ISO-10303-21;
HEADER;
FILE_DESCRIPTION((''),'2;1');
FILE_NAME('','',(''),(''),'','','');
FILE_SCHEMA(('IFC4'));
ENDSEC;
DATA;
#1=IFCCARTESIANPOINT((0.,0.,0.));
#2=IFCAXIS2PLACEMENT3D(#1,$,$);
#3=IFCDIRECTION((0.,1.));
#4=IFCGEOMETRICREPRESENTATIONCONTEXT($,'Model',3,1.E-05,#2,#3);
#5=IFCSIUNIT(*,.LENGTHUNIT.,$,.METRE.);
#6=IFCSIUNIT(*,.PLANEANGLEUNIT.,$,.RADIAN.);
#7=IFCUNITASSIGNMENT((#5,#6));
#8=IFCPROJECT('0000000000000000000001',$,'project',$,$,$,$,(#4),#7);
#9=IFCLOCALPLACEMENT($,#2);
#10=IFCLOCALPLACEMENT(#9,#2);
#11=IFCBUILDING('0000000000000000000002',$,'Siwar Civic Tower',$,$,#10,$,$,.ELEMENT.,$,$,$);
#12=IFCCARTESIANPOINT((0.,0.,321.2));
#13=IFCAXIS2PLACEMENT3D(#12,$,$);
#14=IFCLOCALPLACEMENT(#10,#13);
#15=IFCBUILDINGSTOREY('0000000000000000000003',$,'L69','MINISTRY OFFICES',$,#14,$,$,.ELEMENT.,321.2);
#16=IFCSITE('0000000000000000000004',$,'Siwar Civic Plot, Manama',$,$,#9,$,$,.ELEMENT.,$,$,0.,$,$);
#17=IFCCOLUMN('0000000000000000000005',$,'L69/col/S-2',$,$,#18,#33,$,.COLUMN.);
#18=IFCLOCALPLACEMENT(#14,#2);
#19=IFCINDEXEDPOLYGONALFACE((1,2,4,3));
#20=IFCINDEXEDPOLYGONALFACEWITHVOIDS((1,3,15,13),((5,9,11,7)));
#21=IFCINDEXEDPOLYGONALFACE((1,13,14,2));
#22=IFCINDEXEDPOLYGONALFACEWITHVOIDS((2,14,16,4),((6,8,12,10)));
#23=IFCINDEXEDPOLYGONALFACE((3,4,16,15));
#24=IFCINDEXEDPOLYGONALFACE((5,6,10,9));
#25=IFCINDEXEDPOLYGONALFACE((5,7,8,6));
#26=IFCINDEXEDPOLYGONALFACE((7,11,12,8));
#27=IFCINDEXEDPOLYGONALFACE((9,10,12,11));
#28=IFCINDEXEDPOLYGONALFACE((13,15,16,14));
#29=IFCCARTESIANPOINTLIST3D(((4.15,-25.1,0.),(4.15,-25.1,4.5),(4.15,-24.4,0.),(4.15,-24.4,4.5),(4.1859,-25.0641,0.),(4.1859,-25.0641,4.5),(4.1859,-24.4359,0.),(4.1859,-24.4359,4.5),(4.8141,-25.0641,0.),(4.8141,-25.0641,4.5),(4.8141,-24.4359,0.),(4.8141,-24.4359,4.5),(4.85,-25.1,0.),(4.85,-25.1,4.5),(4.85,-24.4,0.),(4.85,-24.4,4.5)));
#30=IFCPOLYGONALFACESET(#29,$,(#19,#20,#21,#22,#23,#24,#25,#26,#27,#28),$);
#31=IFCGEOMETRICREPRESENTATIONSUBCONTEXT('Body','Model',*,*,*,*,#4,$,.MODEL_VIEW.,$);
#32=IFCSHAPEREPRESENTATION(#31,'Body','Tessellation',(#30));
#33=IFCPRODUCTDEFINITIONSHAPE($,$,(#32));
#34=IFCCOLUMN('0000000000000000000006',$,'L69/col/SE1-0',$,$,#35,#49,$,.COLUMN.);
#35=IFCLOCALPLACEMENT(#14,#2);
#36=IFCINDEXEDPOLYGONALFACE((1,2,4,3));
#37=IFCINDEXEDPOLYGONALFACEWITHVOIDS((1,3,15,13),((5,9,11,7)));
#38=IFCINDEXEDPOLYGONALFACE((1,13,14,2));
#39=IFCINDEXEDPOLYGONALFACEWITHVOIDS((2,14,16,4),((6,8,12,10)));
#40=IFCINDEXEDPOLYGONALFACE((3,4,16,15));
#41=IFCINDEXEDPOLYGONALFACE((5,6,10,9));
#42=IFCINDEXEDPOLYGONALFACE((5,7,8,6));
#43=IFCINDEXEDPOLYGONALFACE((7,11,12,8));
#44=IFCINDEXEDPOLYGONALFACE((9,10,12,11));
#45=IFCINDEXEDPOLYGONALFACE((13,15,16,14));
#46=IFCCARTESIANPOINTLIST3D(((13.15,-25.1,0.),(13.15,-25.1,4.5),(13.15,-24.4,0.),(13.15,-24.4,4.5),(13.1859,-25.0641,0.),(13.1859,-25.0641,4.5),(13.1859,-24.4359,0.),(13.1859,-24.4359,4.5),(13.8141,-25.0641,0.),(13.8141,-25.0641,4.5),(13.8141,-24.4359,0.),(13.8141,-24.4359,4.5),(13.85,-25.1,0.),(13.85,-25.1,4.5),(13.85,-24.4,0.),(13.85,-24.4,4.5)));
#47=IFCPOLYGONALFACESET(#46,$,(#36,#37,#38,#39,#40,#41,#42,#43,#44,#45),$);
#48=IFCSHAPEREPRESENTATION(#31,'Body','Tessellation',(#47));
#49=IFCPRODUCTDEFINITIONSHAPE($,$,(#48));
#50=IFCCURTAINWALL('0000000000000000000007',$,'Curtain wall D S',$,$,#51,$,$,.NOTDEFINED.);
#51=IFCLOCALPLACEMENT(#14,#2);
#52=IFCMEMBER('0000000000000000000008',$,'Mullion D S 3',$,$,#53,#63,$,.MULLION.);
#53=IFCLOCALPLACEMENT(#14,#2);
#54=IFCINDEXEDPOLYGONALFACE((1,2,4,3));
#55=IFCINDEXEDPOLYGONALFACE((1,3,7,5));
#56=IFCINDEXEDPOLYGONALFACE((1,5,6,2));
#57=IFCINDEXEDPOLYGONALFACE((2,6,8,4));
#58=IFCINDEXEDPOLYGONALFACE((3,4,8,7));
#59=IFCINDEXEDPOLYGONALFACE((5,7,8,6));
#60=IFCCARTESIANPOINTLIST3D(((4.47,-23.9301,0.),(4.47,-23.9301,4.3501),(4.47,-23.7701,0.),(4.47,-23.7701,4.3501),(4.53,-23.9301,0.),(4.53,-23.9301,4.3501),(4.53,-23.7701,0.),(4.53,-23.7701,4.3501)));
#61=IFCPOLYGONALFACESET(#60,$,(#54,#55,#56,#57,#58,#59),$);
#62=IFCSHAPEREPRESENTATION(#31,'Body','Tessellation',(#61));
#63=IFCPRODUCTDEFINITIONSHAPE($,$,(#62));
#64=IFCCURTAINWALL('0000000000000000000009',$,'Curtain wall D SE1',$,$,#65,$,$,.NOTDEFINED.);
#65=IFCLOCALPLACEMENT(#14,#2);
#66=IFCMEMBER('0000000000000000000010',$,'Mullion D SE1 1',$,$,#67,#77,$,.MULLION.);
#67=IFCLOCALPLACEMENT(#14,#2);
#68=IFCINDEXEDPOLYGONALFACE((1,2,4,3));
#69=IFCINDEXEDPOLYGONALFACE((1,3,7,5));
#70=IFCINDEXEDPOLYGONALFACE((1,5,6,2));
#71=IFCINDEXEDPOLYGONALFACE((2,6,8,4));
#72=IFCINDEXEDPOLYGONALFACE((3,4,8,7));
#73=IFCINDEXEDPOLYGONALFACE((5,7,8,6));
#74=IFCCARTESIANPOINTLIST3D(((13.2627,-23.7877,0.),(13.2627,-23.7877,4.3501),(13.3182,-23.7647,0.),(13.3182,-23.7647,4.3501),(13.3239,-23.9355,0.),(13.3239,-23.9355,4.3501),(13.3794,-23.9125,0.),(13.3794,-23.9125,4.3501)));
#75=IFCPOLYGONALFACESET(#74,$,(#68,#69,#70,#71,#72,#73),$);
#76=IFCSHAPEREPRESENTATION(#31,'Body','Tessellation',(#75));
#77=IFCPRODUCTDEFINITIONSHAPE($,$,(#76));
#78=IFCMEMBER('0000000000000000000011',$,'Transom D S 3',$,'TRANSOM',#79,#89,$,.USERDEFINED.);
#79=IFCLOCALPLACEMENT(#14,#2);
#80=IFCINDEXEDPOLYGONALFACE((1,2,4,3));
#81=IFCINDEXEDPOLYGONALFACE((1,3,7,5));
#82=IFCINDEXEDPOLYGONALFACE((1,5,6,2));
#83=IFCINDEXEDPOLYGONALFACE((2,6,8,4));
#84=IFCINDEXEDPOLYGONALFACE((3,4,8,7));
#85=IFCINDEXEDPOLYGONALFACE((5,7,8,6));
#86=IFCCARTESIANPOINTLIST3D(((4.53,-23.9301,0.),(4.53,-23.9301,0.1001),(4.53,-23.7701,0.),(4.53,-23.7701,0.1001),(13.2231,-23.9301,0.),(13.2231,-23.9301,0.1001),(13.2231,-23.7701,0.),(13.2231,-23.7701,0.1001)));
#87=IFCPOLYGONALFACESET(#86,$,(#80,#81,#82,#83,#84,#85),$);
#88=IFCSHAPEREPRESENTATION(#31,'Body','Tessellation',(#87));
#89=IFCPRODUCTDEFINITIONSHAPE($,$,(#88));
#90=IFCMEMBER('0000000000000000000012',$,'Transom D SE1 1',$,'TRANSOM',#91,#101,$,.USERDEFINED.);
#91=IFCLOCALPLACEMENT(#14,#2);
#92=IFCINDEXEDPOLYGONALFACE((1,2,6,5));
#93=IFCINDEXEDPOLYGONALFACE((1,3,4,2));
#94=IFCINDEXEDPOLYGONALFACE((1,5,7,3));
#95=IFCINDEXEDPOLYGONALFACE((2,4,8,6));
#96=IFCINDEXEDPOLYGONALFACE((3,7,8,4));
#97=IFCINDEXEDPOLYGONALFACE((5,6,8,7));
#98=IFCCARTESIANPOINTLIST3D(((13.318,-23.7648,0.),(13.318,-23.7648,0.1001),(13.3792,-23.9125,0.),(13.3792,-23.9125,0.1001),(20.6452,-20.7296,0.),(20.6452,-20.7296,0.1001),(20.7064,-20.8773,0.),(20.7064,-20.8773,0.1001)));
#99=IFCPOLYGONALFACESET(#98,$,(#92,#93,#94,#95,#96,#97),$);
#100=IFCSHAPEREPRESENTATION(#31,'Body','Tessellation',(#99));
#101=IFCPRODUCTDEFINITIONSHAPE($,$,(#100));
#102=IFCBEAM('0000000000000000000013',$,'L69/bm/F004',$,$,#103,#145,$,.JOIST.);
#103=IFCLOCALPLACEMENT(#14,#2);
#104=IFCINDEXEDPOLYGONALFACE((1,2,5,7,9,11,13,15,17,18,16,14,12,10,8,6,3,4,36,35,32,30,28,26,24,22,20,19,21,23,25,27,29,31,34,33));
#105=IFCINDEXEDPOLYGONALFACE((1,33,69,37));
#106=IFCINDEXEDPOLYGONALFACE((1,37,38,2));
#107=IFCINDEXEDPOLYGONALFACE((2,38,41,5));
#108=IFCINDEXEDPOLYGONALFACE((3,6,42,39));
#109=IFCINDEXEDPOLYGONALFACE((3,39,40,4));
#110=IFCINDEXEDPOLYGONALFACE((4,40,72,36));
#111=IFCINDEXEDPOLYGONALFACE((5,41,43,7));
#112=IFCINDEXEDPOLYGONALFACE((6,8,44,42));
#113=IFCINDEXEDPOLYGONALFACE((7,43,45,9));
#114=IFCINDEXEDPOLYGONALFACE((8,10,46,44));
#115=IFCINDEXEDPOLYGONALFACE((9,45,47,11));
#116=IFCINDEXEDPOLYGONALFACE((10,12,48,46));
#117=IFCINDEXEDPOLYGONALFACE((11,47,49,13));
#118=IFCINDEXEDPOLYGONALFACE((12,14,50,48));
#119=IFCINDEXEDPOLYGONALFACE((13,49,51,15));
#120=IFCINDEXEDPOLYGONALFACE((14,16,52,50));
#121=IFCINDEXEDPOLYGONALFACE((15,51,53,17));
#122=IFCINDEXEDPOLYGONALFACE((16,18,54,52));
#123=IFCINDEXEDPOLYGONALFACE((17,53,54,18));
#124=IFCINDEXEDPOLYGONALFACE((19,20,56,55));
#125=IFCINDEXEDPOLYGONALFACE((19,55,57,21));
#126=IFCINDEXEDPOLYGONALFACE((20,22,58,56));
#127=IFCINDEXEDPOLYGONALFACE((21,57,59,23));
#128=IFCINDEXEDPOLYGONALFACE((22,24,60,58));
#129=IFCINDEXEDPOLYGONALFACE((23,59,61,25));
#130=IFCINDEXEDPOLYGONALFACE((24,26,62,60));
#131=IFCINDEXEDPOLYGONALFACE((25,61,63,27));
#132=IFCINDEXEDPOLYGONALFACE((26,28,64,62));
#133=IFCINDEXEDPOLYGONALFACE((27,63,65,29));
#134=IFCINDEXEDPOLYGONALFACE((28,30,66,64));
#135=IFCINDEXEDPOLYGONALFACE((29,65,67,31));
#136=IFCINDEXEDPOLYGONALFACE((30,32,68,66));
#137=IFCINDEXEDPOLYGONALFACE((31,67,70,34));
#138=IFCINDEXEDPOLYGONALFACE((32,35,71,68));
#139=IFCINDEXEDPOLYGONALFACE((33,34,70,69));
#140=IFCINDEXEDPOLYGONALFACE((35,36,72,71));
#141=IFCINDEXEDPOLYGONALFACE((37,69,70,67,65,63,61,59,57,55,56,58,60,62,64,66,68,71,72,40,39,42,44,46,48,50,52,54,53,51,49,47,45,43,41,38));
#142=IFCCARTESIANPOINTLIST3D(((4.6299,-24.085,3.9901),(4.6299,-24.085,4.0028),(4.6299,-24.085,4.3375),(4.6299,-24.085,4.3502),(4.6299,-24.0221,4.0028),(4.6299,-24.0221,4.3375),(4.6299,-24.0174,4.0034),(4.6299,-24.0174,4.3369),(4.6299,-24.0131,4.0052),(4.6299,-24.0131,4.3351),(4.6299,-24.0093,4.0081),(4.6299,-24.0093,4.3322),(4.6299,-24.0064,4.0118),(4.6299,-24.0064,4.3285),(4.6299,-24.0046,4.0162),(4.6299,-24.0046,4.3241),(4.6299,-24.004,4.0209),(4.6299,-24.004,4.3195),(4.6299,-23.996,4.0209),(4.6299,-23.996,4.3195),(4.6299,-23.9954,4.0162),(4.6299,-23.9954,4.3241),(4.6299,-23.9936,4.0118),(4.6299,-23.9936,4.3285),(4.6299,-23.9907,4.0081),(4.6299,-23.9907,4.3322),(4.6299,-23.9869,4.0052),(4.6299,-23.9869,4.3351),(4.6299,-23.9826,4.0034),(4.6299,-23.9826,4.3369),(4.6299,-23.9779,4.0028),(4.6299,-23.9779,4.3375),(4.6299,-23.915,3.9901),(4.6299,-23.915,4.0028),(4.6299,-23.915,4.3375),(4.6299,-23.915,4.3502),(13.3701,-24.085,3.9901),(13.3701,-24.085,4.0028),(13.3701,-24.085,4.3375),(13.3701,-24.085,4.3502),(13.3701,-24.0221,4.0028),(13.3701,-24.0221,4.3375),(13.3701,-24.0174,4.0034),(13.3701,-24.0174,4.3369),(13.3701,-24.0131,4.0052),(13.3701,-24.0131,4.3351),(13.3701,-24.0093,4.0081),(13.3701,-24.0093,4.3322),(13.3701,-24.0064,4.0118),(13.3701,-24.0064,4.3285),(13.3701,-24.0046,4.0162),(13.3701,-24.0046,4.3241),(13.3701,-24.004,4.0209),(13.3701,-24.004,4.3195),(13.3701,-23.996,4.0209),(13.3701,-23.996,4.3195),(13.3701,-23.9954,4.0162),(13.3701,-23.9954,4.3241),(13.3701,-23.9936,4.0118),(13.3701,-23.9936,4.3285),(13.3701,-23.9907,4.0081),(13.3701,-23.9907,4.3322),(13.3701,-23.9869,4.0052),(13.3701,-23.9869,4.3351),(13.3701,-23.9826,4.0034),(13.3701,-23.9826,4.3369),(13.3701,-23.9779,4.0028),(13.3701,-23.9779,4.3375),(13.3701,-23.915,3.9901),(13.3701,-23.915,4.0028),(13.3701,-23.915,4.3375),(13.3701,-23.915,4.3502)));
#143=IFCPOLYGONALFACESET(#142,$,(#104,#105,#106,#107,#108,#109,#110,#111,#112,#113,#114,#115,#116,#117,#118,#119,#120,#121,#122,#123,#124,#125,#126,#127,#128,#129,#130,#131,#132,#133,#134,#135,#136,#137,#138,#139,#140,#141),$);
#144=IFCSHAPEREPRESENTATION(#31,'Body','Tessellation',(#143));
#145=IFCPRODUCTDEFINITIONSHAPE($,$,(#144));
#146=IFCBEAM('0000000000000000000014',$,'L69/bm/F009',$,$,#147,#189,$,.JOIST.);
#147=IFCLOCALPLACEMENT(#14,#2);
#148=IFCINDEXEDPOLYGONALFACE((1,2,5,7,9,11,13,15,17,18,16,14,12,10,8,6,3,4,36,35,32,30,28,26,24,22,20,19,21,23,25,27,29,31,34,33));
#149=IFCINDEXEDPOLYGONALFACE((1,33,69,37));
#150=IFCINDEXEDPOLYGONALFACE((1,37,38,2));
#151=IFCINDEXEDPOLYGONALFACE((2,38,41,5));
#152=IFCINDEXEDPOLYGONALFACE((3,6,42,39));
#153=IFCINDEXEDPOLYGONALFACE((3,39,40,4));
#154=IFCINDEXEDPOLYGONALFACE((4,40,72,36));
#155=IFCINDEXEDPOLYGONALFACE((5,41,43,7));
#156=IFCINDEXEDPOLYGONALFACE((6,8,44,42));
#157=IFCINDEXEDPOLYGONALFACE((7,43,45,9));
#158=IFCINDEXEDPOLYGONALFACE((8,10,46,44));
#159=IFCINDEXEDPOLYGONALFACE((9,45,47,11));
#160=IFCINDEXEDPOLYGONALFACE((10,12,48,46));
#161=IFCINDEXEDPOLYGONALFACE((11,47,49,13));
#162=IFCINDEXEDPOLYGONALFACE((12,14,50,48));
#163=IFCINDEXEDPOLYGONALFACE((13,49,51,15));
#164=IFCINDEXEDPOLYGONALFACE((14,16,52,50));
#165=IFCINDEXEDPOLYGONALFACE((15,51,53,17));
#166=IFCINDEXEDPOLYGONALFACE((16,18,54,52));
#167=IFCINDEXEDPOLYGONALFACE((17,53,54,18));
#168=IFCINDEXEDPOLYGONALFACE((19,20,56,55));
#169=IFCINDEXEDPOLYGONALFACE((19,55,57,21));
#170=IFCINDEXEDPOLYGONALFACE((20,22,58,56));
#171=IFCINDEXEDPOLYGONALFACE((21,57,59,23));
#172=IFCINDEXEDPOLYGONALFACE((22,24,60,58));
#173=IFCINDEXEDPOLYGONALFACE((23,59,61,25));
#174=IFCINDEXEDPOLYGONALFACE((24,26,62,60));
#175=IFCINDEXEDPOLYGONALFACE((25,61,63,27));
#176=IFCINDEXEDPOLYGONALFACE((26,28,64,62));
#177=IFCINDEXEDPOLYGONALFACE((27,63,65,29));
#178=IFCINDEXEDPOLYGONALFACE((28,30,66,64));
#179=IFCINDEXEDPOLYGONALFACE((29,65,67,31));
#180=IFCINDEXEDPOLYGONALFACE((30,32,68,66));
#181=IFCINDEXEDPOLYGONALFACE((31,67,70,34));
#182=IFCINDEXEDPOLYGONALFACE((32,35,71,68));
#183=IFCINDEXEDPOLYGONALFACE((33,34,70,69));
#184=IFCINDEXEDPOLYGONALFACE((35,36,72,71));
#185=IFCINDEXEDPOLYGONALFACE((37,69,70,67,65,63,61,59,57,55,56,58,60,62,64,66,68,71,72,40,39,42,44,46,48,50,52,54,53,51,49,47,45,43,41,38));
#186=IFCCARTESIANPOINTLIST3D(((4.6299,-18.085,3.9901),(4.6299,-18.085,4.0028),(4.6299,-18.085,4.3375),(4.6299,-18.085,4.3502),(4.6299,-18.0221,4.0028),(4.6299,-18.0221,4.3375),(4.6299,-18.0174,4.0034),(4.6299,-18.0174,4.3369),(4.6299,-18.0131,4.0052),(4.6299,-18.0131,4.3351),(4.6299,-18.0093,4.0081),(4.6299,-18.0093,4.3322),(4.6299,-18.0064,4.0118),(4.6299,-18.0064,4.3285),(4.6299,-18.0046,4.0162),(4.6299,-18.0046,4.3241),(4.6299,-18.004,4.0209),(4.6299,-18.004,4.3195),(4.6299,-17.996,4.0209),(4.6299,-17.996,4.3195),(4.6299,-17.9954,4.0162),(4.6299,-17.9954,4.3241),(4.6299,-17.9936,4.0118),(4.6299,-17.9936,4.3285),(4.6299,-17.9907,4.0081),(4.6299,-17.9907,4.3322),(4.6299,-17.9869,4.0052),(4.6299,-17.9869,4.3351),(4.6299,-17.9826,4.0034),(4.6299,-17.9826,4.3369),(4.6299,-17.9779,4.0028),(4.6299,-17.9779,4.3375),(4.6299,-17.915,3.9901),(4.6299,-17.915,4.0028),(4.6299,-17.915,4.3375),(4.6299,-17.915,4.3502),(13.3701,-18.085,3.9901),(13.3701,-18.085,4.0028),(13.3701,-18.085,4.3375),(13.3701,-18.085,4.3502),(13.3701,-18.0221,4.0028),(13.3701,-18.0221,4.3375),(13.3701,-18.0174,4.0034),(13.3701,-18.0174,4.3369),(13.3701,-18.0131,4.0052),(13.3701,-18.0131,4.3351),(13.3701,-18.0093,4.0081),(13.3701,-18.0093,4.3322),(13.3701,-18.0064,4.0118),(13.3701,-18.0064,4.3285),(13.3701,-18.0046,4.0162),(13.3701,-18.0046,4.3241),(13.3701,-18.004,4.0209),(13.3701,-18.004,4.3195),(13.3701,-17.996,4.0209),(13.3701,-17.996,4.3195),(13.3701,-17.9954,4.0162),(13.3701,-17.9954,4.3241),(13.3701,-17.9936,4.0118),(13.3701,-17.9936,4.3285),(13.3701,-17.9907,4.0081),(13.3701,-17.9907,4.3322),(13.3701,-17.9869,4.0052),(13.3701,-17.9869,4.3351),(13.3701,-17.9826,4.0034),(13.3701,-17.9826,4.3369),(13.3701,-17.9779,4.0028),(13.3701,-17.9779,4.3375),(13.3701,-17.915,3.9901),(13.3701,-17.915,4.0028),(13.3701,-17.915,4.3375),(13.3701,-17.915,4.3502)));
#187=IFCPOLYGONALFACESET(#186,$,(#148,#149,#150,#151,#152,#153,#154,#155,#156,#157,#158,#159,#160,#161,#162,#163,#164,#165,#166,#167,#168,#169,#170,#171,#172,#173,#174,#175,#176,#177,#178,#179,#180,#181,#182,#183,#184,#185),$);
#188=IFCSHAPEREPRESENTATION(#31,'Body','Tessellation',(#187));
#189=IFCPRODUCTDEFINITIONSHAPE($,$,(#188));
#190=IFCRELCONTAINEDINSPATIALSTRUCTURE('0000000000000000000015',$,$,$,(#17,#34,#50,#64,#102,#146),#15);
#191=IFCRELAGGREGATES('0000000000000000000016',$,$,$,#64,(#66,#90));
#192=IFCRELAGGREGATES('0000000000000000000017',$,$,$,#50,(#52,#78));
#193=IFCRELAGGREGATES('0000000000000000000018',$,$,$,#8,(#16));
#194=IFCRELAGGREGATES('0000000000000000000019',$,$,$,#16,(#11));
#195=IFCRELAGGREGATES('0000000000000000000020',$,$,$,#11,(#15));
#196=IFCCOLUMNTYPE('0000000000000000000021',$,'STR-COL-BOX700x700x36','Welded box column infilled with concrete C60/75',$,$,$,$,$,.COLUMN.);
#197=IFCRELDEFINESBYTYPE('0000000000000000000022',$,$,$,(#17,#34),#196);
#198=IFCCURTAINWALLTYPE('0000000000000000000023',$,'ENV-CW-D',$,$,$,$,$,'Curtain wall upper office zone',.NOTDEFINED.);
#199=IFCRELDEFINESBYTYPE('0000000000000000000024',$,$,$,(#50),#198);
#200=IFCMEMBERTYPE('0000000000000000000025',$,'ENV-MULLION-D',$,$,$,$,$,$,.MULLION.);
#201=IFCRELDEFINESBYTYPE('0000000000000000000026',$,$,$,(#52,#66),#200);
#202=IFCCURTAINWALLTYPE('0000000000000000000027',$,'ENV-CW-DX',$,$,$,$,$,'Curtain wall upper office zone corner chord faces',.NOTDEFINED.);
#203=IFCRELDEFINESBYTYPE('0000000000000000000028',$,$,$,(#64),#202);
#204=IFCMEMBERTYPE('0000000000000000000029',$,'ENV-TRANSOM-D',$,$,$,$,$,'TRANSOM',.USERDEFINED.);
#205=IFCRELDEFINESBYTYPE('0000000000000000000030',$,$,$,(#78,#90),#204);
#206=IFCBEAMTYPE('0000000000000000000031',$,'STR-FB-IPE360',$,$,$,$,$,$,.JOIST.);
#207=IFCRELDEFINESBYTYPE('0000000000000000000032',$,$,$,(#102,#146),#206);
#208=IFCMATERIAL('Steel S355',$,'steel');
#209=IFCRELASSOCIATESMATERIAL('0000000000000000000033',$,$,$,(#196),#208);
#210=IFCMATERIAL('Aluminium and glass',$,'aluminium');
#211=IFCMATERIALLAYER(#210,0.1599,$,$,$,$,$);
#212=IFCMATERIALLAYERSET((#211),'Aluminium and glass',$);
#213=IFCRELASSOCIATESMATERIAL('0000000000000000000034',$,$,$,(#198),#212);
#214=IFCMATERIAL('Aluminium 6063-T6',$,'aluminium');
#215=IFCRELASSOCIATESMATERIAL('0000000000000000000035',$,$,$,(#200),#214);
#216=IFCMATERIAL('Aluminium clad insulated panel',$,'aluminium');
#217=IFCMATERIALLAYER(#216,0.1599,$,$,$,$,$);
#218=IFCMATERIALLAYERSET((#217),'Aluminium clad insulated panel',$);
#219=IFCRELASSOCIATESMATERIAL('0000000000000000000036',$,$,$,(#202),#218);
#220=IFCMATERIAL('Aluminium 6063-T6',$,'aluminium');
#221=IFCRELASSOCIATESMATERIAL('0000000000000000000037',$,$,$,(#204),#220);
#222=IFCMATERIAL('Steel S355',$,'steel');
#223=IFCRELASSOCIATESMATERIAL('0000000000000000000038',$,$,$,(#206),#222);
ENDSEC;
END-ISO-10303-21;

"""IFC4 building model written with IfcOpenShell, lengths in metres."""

from ifc_helpers import new_model, si_unit, direction, frame, origin, origin_2d, place, context, subcontext, project, spatial, rectangle, hollow_rectangle, i_section, extrude, material, layer, layer_set, material_profile, profile_set, type_object, element, aggregate, save


model = new_model("IFC4")

# Units and contexts
model_context = context("Model", 3, precision=1e-05, world=origin(), true_north=direction((0.0, 1.0)))
body_context = subcontext(model_context, "Body", "Model", "MODEL_VIEW")
ifc_project = project(units=[si_unit("LENGTHUNIT", "METRE"), si_unit("PLANEANGLEUNIT", "RADIAN")], contexts=[model_context])

# Site, building, storey
site_placement = place(None, origin())
site = spatial("IfcSite", under=ifc_project, at=site_placement, Name="Siwar Civic Plot, Manama", CompositionType="ELEMENT", RefElevation=0.0)
building_placement = place(site_placement, origin())
building = spatial("IfcBuilding", under=site, at=building_placement, Name="Siwar Civic Tower", CompositionType="ELEMENT")
storey_placement = place(building_placement, frame((0.0, 0.0, 321.2)))
storey = spatial("IfcBuildingStorey", under=building, at=storey_placement, Name="L69", Description="MINISTRY OFFICES", CompositionType="ELEMENT", Elevation=321.2)

# Columns
ifc_material_1 = material(Name="Steel S355", Category="steel")
ifc_material_profile_1 = material_profile(ifc_material_1, hollow_rectangle(XDim=0.7, YDim=0.7, WallThickness=0.0359, at=origin_2d()), Name="BOX700x700x36")
ifc_profile_set_1 = profile_set([ifc_material_profile_1], Name="Steel S355")
column_type = type_object("IfcColumnType", Name="STR-COL-BOX700x700x36", Description="Welded box column infilled with concrete C60/75", PredefinedType="COLUMN", material=ifc_profile_set_1)
for number, where, z_axis, x_axis, name in (
    (1, (4.5, -24.75, 0.0), (0.0, 0.0, 1.0), (1.0, 0.0, 0.0), "L69/col/S-2"),
    (2, (13.5, -24.75, 0.0), (0.0, 0.0, 1.0), (1.0, 0.0, 0.0), "L69/col/SE1-0"),
):
    element("IfcColumn", number, at=place(storey_placement, frame(where, z_axis=z_axis, x_axis=x_axis)), inside=storey, type_object=column_type, Name=name, PredefinedType="COLUMN", context=body_context, shape_type="SweptSolid", body=[
        extrude(hollow_rectangle(XDim=0.7, YDim=0.7, WallThickness=0.0359, at=origin_2d()), origin(), (0.0, 0.0, 1.0), 4.5),
    ])

# Curtain walls, members
ifc_material_2 = material(Name="Aluminium and glass", Category="aluminium")
ifc_layer_1 = layer(ifc_material_2, 0.1599)
ifc_layer_set_1 = layer_set([ifc_layer_1], Name="Aluminium and glass")
curtain_wall_type_1 = type_object("IfcCurtainWallType", Name="ENV-CW-D", ElementType="Curtain wall upper office zone", PredefinedType="NOTDEFINED", material=ifc_layer_set_1)
curtain_wall_1_placement = place(storey_placement, origin())
curtain_wall_1 = element("IfcCurtainWall", 3, at=curtain_wall_1_placement, inside=storey, type_object=curtain_wall_type_1, Name="Curtain wall D S", PredefinedType="NOTDEFINED")
ifc_material_3 = material(Name="Aluminium 6063-T6", Category="aluminium")
ifc_material_profile_2 = material_profile(ifc_material_3, rectangle(XDim=0.1599, YDim=0.0601, at=origin_2d()), Name="AL 160x60")
ifc_profile_set_2 = profile_set([ifc_material_profile_2], Name="Aluminium 6063-T6")
member_type_1 = type_object("IfcMemberType", Name="ENV-MULLION-D", PredefinedType="MULLION", material=ifc_profile_set_2)
member_1_placement = place(storey_placement, frame((4.5, -23.8501, 0.0), z_axis=(0.0, 0.0, 1.0), x_axis=(0.0, 1.0, 0.0)))
member_1 = element("IfcMember", 4, at=member_1_placement, type_object=member_type_1, Name="Mullion D S 3", PredefinedType="MULLION", context=body_context, shape_type="SweptSolid", body=[
    extrude(rectangle(XDim=0.1599, YDim=0.0601, at=origin_2d()), origin(), (0.0, 0.0, 1.0), 4.3501),
])
ifc_material_4 = material(Name="Aluminium clad insulated panel", Category="aluminium")
ifc_layer_2 = layer(ifc_material_4, 0.1599)
ifc_layer_set_2 = layer_set([ifc_layer_2], Name="Aluminium clad insulated panel")
curtain_wall_type_2 = type_object("IfcCurtainWallType", Name="ENV-CW-DX", ElementType="Curtain wall upper office zone corner chord faces", PredefinedType="NOTDEFINED", material=ifc_layer_set_2)
curtain_wall_2_placement = place(storey_placement, origin())
curtain_wall_2 = element("IfcCurtainWall", 5, at=curtain_wall_2_placement, inside=storey, type_object=curtain_wall_type_2, Name="Curtain wall D SE1", PredefinedType="NOTDEFINED")
member_2_placement = place(storey_placement, frame((13.321, -23.8501, 0.0), z_axis=(0.0, 0.0, 1.0), x_axis=(-0.382683, 0.92388, 0.0)))
member_2 = element("IfcMember", 6, at=member_2_placement, type_object=member_type_1, Name="Mullion D SE1 1", PredefinedType="MULLION", context=body_context, shape_type="SweptSolid", body=[
    extrude(rectangle(XDim=0.1599, YDim=0.0601, at=origin_2d()), origin(), (0.0, 0.0, 1.0), 4.3501),
])

# Members
ifc_material_5 = material(Name="Aluminium 6063-T6", Category="aluminium")
ifc_material_profile_3 = material_profile(ifc_material_5, rectangle(XDim=0.1599, YDim=0.1001, at=origin_2d()), Name="AL 160x100")
ifc_profile_set_3 = profile_set([ifc_material_profile_3], Name="Aluminium 6063-T6")
member_type_2 = type_object("IfcMemberType", Name="ENV-TRANSOM-D", ElementType="TRANSOM", PredefinedType="USERDEFINED", material=ifc_profile_set_3)
member_3_placement = place(storey_placement, frame((4.53, -23.8501, 0.05), z_axis=(1.0, 0.0, 0.0), x_axis=(0.0, 1.0, 0.0)))
member_3 = element("IfcMember", 7, at=member_3_placement, type_object=member_type_2, Name="Transom D S 3", ObjectType="TRANSOM", PredefinedType="USERDEFINED", context=body_context, shape_type="SweptSolid", body=[
    extrude(rectangle(XDim=0.1599, YDim=0.1001, at=origin_2d()), origin(), (0.0, 0.0, 1.0), 8.6931),
])
member_4_placement = place(storey_placement, frame((13.3486, -23.8386, 0.05), z_axis=(0.923873, 0.3827, 0.0), x_axis=(-0.3827, 0.923873, 0.0)))
member_4 = element("IfcMember", 8, at=member_4_placement, type_object=member_type_2, Name="Transom D SE1 1", ObjectType="TRANSOM", PredefinedType="USERDEFINED", context=body_context, shape_type="SweptSolid", body=[
    extrude(rectangle(XDim=0.1599, YDim=0.1001, at=origin_2d()), origin(), (0.0, 0.0, 1.0), 7.9309),
])
aggregate(curtain_wall_2, [member_2, member_4])

# Beams
ifc_material_6 = material(Name="Steel S355", Category="steel")
ifc_material_profile_4 = material_profile(ifc_material_6, i_section(OverallWidth=0.1699, OverallDepth=0.3601, WebThickness=0.0081, FlangeThickness=0.0127, FilletRadius=0.0181, at=origin_2d()), Name="IPE360")
ifc_profile_set_4 = profile_set([ifc_material_profile_4], Name="Steel S355")
beam_type_1 = type_object("IfcBeamType", Name="STR-FB-IPE360", PredefinedType="JOIST", material=ifc_profile_set_4)
for number, where, z_axis, x_axis, name in (
    (9, (4.6299, -24.0, 4.1702), (1.0, 0.0, 0.0), (0.0, 1.0, 0.0), "L69/bm/F004"),
    (10, (4.6299, -18.0, 4.1702), (1.0, 0.0, 0.0), (0.0, 1.0, 0.0), "L69/bm/F009"),
):
    element("IfcBeam", number, at=place(storey_placement, frame(where, z_axis=z_axis, x_axis=x_axis)), inside=storey, type_object=beam_type_1, Name=name, PredefinedType="JOIST", context=body_context, shape_type="SweptSolid", body=[
        extrude(i_section(OverallWidth=0.1699, OverallDepth=0.3601, WebThickness=0.0081, FlangeThickness=0.0127, FilletRadius=0.0181, at=origin_2d()), origin(), (0.0, 0.0, 1.0), 8.7402),
    ])

aggregate(curtain_wall_1, [member_1, member_3])

save(model, "model.ifc")
